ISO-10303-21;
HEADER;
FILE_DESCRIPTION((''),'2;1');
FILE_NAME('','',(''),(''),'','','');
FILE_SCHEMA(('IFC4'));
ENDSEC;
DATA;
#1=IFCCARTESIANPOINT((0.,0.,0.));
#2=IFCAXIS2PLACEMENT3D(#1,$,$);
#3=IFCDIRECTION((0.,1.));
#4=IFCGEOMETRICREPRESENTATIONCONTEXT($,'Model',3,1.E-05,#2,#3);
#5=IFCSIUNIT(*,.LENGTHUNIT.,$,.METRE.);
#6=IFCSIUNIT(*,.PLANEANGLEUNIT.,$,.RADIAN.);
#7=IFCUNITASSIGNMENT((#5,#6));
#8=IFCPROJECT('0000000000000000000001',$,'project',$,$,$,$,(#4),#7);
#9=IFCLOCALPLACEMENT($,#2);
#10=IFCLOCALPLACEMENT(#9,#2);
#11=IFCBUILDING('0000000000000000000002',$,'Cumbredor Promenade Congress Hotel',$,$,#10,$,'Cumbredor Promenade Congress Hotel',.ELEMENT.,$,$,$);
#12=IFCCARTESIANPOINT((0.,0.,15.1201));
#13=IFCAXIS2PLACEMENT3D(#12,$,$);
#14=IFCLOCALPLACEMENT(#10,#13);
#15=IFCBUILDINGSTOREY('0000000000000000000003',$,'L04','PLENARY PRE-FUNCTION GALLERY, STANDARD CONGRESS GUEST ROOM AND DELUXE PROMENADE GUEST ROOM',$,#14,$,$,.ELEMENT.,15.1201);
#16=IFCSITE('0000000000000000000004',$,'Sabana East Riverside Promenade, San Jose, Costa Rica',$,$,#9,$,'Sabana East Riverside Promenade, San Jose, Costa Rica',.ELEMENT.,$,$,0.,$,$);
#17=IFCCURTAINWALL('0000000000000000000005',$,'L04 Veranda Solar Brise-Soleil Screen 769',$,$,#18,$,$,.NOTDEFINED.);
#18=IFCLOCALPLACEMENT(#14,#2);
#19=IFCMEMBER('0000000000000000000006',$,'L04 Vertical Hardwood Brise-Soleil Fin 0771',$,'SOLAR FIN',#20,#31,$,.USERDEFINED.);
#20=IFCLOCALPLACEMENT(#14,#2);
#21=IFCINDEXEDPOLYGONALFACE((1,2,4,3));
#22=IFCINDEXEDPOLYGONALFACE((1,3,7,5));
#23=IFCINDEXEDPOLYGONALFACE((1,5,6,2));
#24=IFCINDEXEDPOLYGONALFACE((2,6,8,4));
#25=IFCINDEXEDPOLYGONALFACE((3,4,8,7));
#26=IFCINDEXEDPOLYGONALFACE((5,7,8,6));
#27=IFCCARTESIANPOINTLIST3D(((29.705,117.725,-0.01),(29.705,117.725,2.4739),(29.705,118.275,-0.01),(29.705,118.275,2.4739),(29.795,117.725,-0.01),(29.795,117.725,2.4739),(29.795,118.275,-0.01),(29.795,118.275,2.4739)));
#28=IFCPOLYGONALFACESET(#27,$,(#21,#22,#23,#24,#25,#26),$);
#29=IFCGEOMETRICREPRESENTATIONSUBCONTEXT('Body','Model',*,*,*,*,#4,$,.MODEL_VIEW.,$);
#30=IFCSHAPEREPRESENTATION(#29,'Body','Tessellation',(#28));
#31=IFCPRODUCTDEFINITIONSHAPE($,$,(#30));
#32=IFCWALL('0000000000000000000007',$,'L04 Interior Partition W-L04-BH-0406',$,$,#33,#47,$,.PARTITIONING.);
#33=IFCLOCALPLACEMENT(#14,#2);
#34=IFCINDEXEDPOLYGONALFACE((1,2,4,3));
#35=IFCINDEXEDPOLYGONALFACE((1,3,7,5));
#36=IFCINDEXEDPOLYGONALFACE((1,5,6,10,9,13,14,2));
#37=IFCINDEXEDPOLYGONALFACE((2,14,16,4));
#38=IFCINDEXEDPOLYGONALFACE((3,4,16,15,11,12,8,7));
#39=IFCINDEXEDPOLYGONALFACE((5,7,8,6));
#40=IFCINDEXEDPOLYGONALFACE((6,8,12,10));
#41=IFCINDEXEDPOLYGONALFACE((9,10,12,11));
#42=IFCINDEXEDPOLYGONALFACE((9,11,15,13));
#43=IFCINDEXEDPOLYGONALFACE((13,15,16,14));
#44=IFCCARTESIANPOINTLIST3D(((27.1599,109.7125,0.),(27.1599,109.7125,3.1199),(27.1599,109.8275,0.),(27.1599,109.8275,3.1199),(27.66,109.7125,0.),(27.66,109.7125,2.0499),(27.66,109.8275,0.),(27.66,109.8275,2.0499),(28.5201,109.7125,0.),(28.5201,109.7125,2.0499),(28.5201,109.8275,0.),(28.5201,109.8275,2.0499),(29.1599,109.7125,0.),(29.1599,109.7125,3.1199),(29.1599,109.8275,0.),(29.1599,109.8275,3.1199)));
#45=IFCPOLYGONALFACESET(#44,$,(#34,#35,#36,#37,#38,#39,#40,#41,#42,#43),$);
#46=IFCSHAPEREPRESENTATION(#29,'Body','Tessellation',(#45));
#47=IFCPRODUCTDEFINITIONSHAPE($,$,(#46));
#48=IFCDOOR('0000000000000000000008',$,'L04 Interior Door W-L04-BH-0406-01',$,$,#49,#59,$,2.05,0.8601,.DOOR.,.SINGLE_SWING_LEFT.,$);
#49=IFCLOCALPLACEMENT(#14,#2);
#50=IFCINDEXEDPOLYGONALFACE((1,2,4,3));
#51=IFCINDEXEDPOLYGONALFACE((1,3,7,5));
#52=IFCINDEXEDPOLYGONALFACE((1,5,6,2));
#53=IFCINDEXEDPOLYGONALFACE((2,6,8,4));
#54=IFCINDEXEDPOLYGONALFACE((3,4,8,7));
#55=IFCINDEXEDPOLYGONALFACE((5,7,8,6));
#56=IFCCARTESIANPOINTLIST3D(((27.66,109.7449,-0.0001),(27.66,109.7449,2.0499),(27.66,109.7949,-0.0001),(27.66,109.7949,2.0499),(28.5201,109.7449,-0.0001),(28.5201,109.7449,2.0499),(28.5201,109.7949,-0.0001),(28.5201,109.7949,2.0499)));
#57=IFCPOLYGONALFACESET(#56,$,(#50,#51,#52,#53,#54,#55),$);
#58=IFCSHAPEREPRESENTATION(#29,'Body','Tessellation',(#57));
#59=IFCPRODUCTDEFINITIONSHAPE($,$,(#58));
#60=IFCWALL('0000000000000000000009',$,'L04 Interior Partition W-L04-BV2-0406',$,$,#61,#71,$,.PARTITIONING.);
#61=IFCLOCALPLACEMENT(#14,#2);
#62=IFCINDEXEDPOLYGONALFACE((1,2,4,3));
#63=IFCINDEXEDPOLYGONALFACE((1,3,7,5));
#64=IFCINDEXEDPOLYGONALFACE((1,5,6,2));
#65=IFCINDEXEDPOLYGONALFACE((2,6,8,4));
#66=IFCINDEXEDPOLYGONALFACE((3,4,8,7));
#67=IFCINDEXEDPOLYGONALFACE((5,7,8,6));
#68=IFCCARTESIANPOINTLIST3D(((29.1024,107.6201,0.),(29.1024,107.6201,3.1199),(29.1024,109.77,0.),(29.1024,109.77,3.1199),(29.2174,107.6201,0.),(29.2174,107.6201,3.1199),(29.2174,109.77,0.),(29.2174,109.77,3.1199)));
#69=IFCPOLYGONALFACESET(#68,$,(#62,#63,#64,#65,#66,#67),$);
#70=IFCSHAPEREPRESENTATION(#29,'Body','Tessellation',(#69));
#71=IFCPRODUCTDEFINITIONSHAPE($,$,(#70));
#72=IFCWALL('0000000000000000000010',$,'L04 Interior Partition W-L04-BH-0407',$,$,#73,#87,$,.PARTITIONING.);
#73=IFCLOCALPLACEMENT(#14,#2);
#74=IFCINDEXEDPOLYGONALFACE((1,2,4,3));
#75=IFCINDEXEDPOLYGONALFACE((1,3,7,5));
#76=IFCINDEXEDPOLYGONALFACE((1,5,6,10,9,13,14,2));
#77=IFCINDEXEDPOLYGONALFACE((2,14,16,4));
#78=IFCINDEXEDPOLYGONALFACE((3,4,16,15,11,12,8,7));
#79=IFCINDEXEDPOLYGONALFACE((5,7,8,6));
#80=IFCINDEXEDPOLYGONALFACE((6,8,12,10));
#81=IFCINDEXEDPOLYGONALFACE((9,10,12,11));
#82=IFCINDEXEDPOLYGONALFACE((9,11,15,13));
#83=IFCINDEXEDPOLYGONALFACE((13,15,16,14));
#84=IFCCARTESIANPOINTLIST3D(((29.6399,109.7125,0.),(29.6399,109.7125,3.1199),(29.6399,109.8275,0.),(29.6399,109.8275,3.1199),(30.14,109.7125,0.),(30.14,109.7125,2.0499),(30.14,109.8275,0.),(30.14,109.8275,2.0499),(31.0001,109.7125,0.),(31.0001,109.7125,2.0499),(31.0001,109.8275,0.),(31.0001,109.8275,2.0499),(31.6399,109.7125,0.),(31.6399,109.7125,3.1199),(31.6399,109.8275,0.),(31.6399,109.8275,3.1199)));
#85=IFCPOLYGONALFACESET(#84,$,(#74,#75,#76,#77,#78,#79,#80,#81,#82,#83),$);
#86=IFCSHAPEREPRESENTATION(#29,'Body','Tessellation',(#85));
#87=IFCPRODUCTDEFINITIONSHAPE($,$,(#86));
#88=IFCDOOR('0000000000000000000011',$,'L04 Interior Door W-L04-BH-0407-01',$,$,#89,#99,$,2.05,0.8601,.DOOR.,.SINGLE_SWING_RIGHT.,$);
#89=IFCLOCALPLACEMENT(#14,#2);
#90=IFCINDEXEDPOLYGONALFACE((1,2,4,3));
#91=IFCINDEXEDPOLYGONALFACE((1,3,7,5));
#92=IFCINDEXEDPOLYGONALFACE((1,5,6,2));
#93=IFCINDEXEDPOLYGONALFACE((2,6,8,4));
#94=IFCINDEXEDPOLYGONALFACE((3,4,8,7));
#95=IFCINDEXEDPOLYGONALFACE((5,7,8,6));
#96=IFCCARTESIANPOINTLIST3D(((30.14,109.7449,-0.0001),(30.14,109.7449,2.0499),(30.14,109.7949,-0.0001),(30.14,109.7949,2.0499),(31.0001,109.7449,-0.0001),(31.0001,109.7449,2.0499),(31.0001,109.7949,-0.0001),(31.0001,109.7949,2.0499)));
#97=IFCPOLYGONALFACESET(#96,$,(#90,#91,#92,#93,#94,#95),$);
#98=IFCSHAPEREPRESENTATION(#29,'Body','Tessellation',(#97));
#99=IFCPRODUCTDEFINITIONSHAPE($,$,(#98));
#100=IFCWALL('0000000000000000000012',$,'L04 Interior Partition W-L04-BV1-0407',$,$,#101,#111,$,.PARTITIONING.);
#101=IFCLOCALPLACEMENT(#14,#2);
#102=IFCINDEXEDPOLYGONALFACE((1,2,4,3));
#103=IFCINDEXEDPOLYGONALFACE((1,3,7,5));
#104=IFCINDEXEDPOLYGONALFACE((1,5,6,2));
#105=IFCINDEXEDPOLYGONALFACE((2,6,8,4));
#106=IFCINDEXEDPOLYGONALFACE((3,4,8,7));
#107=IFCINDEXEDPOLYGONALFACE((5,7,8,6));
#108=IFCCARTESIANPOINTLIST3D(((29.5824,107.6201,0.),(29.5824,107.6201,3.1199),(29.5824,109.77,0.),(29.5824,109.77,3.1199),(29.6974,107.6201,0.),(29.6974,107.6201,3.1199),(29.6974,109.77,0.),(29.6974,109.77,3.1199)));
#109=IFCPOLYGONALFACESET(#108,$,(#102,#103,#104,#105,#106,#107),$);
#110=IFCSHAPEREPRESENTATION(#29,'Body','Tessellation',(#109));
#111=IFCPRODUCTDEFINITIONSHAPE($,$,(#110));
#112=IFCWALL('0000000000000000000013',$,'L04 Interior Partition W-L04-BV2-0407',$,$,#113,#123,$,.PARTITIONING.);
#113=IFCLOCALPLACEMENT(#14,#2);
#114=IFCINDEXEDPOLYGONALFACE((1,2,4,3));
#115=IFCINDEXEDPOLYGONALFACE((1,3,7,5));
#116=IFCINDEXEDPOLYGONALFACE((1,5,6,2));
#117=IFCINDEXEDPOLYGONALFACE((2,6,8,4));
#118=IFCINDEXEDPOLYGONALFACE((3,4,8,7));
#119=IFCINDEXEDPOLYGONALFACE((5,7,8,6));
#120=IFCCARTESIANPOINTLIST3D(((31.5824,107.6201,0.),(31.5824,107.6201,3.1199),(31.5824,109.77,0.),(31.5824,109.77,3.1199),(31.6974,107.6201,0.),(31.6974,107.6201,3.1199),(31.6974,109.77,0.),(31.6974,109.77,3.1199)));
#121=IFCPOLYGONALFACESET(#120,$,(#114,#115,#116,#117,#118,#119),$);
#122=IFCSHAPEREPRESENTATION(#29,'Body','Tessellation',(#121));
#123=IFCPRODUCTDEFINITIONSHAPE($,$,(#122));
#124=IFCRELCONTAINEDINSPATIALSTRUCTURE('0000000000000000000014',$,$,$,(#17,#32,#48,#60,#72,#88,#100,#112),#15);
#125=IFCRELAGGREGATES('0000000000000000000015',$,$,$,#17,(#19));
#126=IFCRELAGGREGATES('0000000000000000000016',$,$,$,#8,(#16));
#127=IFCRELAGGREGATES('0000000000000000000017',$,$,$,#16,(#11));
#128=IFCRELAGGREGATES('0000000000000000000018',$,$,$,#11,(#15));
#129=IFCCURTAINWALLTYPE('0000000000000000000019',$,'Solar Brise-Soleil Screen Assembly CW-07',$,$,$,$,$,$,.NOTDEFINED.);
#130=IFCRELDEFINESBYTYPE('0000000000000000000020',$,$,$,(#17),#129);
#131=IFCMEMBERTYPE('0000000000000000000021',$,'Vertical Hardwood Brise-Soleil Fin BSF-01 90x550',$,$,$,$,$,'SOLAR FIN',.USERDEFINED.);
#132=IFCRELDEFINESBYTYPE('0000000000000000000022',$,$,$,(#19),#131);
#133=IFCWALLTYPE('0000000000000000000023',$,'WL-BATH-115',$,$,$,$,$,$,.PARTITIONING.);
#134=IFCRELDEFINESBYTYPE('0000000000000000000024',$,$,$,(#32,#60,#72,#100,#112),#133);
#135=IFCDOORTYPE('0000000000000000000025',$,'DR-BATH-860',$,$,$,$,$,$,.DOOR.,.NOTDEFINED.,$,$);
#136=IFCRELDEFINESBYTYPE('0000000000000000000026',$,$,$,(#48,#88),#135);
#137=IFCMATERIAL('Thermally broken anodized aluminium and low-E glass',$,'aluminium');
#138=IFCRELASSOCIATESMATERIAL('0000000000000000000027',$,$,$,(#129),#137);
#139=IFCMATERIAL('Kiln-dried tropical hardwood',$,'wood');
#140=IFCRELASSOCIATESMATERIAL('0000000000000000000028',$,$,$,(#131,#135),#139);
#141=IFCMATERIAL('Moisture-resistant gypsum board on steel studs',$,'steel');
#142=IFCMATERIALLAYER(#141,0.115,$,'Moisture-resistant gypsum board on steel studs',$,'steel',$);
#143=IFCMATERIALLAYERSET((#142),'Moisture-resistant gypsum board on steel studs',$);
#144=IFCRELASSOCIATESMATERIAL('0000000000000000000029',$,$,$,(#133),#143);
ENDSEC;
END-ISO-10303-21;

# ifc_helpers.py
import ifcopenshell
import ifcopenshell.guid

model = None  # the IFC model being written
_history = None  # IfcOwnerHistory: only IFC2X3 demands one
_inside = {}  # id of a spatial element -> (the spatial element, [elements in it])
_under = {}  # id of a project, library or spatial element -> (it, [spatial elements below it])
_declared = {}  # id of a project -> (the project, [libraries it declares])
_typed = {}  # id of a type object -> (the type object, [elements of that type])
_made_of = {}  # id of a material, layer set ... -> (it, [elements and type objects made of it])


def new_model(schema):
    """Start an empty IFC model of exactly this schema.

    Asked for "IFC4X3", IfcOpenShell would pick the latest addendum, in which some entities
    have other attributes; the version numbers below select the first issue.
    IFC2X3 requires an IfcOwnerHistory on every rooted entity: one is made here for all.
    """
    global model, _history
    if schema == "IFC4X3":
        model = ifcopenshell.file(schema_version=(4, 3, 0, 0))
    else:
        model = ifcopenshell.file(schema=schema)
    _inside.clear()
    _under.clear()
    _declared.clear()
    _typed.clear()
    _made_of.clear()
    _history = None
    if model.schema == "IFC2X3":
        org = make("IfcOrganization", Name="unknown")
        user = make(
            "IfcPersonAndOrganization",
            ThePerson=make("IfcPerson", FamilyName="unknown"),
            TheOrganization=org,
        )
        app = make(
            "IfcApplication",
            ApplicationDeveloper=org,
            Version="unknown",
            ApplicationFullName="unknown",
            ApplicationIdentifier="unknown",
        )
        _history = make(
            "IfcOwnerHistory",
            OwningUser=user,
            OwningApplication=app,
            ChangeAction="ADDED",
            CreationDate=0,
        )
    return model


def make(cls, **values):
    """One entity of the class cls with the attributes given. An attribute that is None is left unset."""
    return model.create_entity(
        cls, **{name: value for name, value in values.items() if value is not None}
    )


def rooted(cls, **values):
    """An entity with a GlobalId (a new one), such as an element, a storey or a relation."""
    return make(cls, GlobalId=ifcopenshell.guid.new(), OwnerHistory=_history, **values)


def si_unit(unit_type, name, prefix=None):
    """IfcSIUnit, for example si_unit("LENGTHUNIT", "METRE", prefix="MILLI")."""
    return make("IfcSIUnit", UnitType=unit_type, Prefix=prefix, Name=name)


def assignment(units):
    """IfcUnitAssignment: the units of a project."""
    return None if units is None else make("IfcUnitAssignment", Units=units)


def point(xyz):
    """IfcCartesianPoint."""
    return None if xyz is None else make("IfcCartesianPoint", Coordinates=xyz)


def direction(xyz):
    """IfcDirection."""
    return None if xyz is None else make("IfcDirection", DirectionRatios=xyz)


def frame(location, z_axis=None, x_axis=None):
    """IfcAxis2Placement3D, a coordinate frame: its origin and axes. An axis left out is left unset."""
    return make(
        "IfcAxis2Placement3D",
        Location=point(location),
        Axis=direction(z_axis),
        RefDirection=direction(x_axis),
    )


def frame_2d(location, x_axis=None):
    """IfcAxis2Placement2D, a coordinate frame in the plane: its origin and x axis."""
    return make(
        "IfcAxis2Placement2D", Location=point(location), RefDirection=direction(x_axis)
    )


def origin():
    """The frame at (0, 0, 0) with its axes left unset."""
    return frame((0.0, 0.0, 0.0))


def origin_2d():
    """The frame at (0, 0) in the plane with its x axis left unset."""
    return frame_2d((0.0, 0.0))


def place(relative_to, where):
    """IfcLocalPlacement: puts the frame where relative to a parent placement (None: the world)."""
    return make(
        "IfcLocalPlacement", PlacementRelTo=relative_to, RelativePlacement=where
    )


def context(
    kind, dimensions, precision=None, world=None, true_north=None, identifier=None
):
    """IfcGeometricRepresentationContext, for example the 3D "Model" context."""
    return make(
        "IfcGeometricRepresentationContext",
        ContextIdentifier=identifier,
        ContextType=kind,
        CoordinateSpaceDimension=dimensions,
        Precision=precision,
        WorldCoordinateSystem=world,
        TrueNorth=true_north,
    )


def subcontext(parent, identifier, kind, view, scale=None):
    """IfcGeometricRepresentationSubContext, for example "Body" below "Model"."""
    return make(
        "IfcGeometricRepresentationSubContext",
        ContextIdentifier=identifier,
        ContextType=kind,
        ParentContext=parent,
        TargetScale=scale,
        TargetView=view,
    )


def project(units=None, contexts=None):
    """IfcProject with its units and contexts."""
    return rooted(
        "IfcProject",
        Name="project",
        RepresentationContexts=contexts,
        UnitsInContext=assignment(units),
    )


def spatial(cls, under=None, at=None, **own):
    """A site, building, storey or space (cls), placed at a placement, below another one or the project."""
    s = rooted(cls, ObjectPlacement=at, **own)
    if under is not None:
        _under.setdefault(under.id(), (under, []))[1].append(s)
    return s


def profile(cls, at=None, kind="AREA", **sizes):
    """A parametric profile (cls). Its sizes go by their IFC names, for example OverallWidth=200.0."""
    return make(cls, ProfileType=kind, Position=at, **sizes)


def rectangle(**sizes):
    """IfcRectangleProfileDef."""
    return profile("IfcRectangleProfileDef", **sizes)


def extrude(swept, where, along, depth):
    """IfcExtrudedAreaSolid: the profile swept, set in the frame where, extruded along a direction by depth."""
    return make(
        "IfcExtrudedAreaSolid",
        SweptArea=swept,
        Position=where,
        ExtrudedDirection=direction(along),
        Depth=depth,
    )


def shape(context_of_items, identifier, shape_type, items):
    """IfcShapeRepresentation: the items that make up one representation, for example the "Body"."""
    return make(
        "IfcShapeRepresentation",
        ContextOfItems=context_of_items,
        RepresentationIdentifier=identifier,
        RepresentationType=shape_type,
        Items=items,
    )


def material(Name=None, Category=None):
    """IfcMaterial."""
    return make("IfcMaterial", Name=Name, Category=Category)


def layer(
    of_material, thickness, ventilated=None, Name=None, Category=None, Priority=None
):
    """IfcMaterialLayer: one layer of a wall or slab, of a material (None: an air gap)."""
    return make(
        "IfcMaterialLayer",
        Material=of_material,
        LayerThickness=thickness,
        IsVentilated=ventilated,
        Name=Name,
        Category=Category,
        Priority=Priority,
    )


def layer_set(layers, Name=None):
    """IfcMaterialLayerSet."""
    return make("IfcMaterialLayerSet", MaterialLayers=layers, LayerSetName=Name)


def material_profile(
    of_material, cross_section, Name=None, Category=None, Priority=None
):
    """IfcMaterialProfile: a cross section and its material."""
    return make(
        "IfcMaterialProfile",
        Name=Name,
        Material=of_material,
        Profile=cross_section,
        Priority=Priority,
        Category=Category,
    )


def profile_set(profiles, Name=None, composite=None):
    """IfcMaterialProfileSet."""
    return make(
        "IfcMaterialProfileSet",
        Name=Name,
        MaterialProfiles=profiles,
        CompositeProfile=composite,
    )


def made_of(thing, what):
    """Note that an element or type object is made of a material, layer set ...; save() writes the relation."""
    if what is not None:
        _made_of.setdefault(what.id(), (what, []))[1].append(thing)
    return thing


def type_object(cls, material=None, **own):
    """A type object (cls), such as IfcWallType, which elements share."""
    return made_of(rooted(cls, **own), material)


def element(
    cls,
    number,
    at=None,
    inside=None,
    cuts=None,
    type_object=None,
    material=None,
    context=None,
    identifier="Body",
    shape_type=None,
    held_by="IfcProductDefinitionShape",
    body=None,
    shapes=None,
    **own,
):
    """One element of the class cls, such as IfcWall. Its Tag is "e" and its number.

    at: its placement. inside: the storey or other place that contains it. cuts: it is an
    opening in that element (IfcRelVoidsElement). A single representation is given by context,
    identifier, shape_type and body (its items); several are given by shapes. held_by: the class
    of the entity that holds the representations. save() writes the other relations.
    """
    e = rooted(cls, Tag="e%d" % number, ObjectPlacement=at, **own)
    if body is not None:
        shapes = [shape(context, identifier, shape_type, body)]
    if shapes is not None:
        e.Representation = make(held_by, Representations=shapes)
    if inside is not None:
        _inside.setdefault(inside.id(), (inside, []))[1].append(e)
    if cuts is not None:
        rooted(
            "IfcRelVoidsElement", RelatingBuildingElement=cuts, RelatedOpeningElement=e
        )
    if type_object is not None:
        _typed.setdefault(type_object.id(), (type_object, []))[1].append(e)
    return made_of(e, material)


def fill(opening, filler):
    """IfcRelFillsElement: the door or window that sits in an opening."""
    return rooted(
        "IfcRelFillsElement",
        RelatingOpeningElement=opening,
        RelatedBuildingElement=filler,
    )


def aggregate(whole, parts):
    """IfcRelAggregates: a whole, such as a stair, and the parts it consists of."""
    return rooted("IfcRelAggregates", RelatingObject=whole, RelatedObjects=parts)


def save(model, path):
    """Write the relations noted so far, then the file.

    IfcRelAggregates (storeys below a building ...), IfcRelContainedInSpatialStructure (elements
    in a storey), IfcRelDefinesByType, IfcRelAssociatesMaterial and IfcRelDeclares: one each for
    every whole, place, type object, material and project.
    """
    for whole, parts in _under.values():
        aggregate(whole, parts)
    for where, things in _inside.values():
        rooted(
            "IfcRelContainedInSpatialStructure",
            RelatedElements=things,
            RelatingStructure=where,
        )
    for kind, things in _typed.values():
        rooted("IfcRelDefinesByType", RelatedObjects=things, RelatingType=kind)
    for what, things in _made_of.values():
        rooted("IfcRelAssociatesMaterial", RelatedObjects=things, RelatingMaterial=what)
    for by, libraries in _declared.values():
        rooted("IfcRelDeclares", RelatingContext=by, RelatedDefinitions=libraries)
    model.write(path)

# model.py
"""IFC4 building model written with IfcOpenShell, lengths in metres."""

from ifc_helpers import new_model, si_unit, direction, frame, frame_2d, origin, origin_2d, place, context, subcontext, project, spatial, rectangle, extrude, material, layer, layer_set, material_profile, profile_set, type_object, element, fill, aggregate, save


model = new_model("IFC4")

# Units and contexts
model_context = context("Model", 3, precision=1e-05, world=origin(), true_north=direction((0.0, 1.0)))
body_context = subcontext(model_context, "Body", "Model", "MODEL_VIEW")
ifc_project = project(units=[si_unit("LENGTHUNIT", "METRE"), si_unit("PLANEANGLEUNIT", "RADIAN")], contexts=[model_context])

# Site, building, storey
site_placement = place(None, origin())
site = spatial("IfcSite", under=ifc_project, at=site_placement, Name="Sabana East Riverside Promenade, San Jose, Costa Rica", LongName="Sabana East Riverside Promenade, San Jose, Costa Rica", CompositionType="ELEMENT", RefElevation=0.0)
building_placement = place(site_placement, origin())
building = spatial("IfcBuilding", under=site, at=building_placement, Name="Cumbredor Promenade Congress Hotel", LongName="Cumbredor Promenade Congress Hotel", CompositionType="ELEMENT")
storey_placement = place(building_placement, frame((0.0, 0.0, 15.1201)))
storey = spatial("IfcBuildingStorey", under=building, at=storey_placement, Name="L04", Description="PLENARY PRE-FUNCTION GALLERY, STANDARD CONGRESS GUEST ROOM AND DELUXE PROMENADE GUEST ROOM", CompositionType="ELEMENT", Elevation=15.1201)

# Curtain wall
ifc_material_1 = material(Name="Thermally broken anodized aluminium and low-E glass", Category="aluminium")
curtain_wall_type_1 = type_object("IfcCurtainWallType", Name="Solar Brise-Soleil Screen Assembly CW-07", PredefinedType="NOTDEFINED", material=ifc_material_1)
curtain_wall_1_placement = place(storey_placement, origin())
curtain_wall_1 = element("IfcCurtainWall", 1, at=curtain_wall_1_placement, inside=storey, type_object=curtain_wall_type_1, Name="L04 Veranda Solar Brise-Soleil Screen 769", PredefinedType="NOTDEFINED")

# Member
ifc_material_2 = material(Name="Kiln-dried tropical hardwood", Category="wood")
ifc_material_profile_1 = material_profile(ifc_material_2, rectangle(XDim=0.0901, YDim=0.55, at=origin_2d()), Name="ARCH FIN 90x550")
ifc_profile_set_1 = profile_set([ifc_material_profile_1], Name="Kiln-dried tropical hardwood")
member_type_1 = type_object("IfcMemberType", Name="Vertical Hardwood Brise-Soleil Fin BSF-01 90x550", ElementType="SOLAR FIN", PredefinedType="USERDEFINED", material=ifc_profile_set_1)
member_1_placement = place(storey_placement, frame((29.75, 118.0, -0.01), z_axis=(0.0, 0.0, 1.0), x_axis=(1.0, 0.0, 0.0)))
member_1 = element("IfcMember", 2, at=member_1_placement, type_object=member_type_1, Name="L04 Vertical Hardwood Brise-Soleil Fin 0771", ObjectType="SOLAR FIN", PredefinedType="USERDEFINED", context=body_context, shape_type="SweptSolid", body=[
    extrude(rectangle(XDim=0.0901, YDim=0.55, at=origin_2d()), origin(), (0.0, 0.0, 1.0), 2.4839),
])
aggregate(curtain_wall_1, [member_1])

# Wall, opening, door
ifc_material_3 = material(Name="Moisture-resistant gypsum board on steel studs", Category="steel")
ifc_layer = layer(ifc_material_3, 0.115, Name="Moisture-resistant gypsum board on steel studs", Category="steel")
ifc_layer_set = layer_set([ifc_layer], Name="Moisture-resistant gypsum board on steel studs")
wall_type = type_object("IfcWallType", Name="WL-BATH-115", PredefinedType="PARTITIONING", material=ifc_layer_set)
wall_1_placement = place(storey_placement, frame((27.1599, 109.77, 0.0), z_axis=(0.0, 0.0, 1.0), x_axis=(1.0, 0.0, 0.0)))
wall_1 = element("IfcWall", 3, at=wall_1_placement, inside=storey, type_object=wall_type, Name="L04 Interior Partition W-L04-BH-0406", PredefinedType="PARTITIONING", context=body_context, shape_type="SweptSolid", body=[
    extrude(rectangle(XDim=2.0, YDim=0.115, at=frame_2d((1.0, 0.0))), origin(), (0.0, 0.0, 1.0), 3.1199),
])
opening_1_placement = place(wall_1_placement, frame((0.5, 0.0, 0.0)))
opening_1 = element("IfcOpeningElement", 4, at=opening_1_placement, cuts=wall_1, PredefinedType="OPENING", context=body_context, shape_type="SweptSolid", body=[
    extrude(rectangle(XDim=0.8601, YDim=2.05, at=frame_2d((0.4302, 1.0249))), frame((0.0, 0.0674, 0.0), z_axis=(0.0, -1.0, 0.0), x_axis=(1.0, 0.0, 0.0)), (0.0, 0.0, 1.0), 0.135),
])
door_type = type_object("IfcDoorType", Name="DR-BATH-860", OperationType="NOTDEFINED", PredefinedType="DOOR", material=ifc_material_2)
door_1_placement = place(opening_1_placement, origin())
door_1 = element("IfcDoor", 5, at=door_1_placement, inside=storey, type_object=door_type, Name="L04 Interior Door W-L04-BH-0406-01", OperationType="SINGLE_SWING_LEFT", OverallHeight=2.05, OverallWidth=0.8601, PredefinedType="DOOR", context=body_context, shape_type="SweptSolid", body=[
    extrude(rectangle(XDim=0.8601, YDim=2.05, at=frame_2d((0.4302, 1.0249))), frame((0.0, 0.0249, 0.0), z_axis=(0.0, -1.0, 0.0), x_axis=(1.0, 0.0, 0.0)), (0.0, 0.0, 1.0), 0.05),
])
fill(opening_1, door_1)

# Wall
wall_2_placement = place(storey_placement, frame((29.1599, 107.6201, 0.0), z_axis=(0.0, 0.0, 1.0), x_axis=(0.0, 1.0, 0.0)))
element("IfcWall", 6, at=wall_2_placement, inside=storey, type_object=wall_type, Name="L04 Interior Partition W-L04-BV2-0406", PredefinedType="PARTITIONING", context=body_context, shape_type="SweptSolid", body=[
    extrude(rectangle(XDim=2.1499, YDim=0.115, at=frame_2d((1.075, 0.0))), origin(), (0.0, 0.0, 1.0), 3.1199),
])

# Wall, opening, door
wall_3_placement = place(storey_placement, frame((29.6399, 109.77, 0.0), z_axis=(0.0, 0.0, 1.0), x_axis=(1.0, 0.0, 0.0)))
wall_3 = element("IfcWall", 7, at=wall_3_placement, inside=storey, type_object=wall_type, Name="L04 Interior Partition W-L04-BH-0407", PredefinedType="PARTITIONING", context=body_context, shape_type="SweptSolid", body=[
    extrude(rectangle(XDim=2.0, YDim=0.115, at=frame_2d((1.0, 0.0))), origin(), (0.0, 0.0, 1.0), 3.1199),
])
opening_2_placement = place(wall_3_placement, frame((0.5, 0.0, 0.0)))
opening_2 = element("IfcOpeningElement", 8, at=opening_2_placement, cuts=wall_3, PredefinedType="OPENING", context=body_context, shape_type="SweptSolid", body=[
    extrude(rectangle(XDim=0.8601, YDim=2.05, at=frame_2d((0.4302, 1.0249))), frame((0.0, 0.0674, 0.0), z_axis=(0.0, -1.0, 0.0), x_axis=(1.0, 0.0, 0.0)), (0.0, 0.0, 1.0), 0.135),
])
door_2_placement = place(opening_2_placement, origin())
door_2 = element("IfcDoor", 9, at=door_2_placement, inside=storey, type_object=door_type, Name="L04 Interior Door W-L04-BH-0407-01", OperationType="SINGLE_SWING_RIGHT", OverallHeight=2.05, OverallWidth=0.8601, PredefinedType="DOOR", context=body_context, shape_type="SweptSolid", body=[
    extrude(rectangle(XDim=0.8601, YDim=2.05, at=frame_2d((0.4302, 1.0249))), frame((0.0, 0.0249, 0.0), z_axis=(0.0, -1.0, 0.0), x_axis=(1.0, 0.0, 0.0)), (0.0, 0.0, 1.0), 0.05),
])
fill(opening_2, door_2)

# Walls
for number, where, z_axis, x_axis, name in (
    (10, (29.6399, 107.6201, 0.0), (0.0, 0.0, 1.0), (0.0, 1.0, 0.0), "L04 Interior Partition W-L04-BV1-0407"),
    (11, (31.6399, 107.6201, 0.0), (0.0, 0.0, 1.0), (0.0, 1.0, 0.0), "L04 Interior Partition W-L04-BV2-0407"),
):
    element("IfcWall", number, at=place(storey_placement, frame(where, z_axis=z_axis, x_axis=x_axis)), inside=storey, type_object=wall_type, Name=name, PredefinedType="PARTITIONING", context=body_context, shape_type="SweptSolid", body=[
        extrude(rectangle(XDim=2.1499, YDim=0.115, at=frame_2d((1.075, 0.0))), origin(), (0.0, 0.0, 1.0), 3.1199),
    ])

save(model, "model.ifc")
